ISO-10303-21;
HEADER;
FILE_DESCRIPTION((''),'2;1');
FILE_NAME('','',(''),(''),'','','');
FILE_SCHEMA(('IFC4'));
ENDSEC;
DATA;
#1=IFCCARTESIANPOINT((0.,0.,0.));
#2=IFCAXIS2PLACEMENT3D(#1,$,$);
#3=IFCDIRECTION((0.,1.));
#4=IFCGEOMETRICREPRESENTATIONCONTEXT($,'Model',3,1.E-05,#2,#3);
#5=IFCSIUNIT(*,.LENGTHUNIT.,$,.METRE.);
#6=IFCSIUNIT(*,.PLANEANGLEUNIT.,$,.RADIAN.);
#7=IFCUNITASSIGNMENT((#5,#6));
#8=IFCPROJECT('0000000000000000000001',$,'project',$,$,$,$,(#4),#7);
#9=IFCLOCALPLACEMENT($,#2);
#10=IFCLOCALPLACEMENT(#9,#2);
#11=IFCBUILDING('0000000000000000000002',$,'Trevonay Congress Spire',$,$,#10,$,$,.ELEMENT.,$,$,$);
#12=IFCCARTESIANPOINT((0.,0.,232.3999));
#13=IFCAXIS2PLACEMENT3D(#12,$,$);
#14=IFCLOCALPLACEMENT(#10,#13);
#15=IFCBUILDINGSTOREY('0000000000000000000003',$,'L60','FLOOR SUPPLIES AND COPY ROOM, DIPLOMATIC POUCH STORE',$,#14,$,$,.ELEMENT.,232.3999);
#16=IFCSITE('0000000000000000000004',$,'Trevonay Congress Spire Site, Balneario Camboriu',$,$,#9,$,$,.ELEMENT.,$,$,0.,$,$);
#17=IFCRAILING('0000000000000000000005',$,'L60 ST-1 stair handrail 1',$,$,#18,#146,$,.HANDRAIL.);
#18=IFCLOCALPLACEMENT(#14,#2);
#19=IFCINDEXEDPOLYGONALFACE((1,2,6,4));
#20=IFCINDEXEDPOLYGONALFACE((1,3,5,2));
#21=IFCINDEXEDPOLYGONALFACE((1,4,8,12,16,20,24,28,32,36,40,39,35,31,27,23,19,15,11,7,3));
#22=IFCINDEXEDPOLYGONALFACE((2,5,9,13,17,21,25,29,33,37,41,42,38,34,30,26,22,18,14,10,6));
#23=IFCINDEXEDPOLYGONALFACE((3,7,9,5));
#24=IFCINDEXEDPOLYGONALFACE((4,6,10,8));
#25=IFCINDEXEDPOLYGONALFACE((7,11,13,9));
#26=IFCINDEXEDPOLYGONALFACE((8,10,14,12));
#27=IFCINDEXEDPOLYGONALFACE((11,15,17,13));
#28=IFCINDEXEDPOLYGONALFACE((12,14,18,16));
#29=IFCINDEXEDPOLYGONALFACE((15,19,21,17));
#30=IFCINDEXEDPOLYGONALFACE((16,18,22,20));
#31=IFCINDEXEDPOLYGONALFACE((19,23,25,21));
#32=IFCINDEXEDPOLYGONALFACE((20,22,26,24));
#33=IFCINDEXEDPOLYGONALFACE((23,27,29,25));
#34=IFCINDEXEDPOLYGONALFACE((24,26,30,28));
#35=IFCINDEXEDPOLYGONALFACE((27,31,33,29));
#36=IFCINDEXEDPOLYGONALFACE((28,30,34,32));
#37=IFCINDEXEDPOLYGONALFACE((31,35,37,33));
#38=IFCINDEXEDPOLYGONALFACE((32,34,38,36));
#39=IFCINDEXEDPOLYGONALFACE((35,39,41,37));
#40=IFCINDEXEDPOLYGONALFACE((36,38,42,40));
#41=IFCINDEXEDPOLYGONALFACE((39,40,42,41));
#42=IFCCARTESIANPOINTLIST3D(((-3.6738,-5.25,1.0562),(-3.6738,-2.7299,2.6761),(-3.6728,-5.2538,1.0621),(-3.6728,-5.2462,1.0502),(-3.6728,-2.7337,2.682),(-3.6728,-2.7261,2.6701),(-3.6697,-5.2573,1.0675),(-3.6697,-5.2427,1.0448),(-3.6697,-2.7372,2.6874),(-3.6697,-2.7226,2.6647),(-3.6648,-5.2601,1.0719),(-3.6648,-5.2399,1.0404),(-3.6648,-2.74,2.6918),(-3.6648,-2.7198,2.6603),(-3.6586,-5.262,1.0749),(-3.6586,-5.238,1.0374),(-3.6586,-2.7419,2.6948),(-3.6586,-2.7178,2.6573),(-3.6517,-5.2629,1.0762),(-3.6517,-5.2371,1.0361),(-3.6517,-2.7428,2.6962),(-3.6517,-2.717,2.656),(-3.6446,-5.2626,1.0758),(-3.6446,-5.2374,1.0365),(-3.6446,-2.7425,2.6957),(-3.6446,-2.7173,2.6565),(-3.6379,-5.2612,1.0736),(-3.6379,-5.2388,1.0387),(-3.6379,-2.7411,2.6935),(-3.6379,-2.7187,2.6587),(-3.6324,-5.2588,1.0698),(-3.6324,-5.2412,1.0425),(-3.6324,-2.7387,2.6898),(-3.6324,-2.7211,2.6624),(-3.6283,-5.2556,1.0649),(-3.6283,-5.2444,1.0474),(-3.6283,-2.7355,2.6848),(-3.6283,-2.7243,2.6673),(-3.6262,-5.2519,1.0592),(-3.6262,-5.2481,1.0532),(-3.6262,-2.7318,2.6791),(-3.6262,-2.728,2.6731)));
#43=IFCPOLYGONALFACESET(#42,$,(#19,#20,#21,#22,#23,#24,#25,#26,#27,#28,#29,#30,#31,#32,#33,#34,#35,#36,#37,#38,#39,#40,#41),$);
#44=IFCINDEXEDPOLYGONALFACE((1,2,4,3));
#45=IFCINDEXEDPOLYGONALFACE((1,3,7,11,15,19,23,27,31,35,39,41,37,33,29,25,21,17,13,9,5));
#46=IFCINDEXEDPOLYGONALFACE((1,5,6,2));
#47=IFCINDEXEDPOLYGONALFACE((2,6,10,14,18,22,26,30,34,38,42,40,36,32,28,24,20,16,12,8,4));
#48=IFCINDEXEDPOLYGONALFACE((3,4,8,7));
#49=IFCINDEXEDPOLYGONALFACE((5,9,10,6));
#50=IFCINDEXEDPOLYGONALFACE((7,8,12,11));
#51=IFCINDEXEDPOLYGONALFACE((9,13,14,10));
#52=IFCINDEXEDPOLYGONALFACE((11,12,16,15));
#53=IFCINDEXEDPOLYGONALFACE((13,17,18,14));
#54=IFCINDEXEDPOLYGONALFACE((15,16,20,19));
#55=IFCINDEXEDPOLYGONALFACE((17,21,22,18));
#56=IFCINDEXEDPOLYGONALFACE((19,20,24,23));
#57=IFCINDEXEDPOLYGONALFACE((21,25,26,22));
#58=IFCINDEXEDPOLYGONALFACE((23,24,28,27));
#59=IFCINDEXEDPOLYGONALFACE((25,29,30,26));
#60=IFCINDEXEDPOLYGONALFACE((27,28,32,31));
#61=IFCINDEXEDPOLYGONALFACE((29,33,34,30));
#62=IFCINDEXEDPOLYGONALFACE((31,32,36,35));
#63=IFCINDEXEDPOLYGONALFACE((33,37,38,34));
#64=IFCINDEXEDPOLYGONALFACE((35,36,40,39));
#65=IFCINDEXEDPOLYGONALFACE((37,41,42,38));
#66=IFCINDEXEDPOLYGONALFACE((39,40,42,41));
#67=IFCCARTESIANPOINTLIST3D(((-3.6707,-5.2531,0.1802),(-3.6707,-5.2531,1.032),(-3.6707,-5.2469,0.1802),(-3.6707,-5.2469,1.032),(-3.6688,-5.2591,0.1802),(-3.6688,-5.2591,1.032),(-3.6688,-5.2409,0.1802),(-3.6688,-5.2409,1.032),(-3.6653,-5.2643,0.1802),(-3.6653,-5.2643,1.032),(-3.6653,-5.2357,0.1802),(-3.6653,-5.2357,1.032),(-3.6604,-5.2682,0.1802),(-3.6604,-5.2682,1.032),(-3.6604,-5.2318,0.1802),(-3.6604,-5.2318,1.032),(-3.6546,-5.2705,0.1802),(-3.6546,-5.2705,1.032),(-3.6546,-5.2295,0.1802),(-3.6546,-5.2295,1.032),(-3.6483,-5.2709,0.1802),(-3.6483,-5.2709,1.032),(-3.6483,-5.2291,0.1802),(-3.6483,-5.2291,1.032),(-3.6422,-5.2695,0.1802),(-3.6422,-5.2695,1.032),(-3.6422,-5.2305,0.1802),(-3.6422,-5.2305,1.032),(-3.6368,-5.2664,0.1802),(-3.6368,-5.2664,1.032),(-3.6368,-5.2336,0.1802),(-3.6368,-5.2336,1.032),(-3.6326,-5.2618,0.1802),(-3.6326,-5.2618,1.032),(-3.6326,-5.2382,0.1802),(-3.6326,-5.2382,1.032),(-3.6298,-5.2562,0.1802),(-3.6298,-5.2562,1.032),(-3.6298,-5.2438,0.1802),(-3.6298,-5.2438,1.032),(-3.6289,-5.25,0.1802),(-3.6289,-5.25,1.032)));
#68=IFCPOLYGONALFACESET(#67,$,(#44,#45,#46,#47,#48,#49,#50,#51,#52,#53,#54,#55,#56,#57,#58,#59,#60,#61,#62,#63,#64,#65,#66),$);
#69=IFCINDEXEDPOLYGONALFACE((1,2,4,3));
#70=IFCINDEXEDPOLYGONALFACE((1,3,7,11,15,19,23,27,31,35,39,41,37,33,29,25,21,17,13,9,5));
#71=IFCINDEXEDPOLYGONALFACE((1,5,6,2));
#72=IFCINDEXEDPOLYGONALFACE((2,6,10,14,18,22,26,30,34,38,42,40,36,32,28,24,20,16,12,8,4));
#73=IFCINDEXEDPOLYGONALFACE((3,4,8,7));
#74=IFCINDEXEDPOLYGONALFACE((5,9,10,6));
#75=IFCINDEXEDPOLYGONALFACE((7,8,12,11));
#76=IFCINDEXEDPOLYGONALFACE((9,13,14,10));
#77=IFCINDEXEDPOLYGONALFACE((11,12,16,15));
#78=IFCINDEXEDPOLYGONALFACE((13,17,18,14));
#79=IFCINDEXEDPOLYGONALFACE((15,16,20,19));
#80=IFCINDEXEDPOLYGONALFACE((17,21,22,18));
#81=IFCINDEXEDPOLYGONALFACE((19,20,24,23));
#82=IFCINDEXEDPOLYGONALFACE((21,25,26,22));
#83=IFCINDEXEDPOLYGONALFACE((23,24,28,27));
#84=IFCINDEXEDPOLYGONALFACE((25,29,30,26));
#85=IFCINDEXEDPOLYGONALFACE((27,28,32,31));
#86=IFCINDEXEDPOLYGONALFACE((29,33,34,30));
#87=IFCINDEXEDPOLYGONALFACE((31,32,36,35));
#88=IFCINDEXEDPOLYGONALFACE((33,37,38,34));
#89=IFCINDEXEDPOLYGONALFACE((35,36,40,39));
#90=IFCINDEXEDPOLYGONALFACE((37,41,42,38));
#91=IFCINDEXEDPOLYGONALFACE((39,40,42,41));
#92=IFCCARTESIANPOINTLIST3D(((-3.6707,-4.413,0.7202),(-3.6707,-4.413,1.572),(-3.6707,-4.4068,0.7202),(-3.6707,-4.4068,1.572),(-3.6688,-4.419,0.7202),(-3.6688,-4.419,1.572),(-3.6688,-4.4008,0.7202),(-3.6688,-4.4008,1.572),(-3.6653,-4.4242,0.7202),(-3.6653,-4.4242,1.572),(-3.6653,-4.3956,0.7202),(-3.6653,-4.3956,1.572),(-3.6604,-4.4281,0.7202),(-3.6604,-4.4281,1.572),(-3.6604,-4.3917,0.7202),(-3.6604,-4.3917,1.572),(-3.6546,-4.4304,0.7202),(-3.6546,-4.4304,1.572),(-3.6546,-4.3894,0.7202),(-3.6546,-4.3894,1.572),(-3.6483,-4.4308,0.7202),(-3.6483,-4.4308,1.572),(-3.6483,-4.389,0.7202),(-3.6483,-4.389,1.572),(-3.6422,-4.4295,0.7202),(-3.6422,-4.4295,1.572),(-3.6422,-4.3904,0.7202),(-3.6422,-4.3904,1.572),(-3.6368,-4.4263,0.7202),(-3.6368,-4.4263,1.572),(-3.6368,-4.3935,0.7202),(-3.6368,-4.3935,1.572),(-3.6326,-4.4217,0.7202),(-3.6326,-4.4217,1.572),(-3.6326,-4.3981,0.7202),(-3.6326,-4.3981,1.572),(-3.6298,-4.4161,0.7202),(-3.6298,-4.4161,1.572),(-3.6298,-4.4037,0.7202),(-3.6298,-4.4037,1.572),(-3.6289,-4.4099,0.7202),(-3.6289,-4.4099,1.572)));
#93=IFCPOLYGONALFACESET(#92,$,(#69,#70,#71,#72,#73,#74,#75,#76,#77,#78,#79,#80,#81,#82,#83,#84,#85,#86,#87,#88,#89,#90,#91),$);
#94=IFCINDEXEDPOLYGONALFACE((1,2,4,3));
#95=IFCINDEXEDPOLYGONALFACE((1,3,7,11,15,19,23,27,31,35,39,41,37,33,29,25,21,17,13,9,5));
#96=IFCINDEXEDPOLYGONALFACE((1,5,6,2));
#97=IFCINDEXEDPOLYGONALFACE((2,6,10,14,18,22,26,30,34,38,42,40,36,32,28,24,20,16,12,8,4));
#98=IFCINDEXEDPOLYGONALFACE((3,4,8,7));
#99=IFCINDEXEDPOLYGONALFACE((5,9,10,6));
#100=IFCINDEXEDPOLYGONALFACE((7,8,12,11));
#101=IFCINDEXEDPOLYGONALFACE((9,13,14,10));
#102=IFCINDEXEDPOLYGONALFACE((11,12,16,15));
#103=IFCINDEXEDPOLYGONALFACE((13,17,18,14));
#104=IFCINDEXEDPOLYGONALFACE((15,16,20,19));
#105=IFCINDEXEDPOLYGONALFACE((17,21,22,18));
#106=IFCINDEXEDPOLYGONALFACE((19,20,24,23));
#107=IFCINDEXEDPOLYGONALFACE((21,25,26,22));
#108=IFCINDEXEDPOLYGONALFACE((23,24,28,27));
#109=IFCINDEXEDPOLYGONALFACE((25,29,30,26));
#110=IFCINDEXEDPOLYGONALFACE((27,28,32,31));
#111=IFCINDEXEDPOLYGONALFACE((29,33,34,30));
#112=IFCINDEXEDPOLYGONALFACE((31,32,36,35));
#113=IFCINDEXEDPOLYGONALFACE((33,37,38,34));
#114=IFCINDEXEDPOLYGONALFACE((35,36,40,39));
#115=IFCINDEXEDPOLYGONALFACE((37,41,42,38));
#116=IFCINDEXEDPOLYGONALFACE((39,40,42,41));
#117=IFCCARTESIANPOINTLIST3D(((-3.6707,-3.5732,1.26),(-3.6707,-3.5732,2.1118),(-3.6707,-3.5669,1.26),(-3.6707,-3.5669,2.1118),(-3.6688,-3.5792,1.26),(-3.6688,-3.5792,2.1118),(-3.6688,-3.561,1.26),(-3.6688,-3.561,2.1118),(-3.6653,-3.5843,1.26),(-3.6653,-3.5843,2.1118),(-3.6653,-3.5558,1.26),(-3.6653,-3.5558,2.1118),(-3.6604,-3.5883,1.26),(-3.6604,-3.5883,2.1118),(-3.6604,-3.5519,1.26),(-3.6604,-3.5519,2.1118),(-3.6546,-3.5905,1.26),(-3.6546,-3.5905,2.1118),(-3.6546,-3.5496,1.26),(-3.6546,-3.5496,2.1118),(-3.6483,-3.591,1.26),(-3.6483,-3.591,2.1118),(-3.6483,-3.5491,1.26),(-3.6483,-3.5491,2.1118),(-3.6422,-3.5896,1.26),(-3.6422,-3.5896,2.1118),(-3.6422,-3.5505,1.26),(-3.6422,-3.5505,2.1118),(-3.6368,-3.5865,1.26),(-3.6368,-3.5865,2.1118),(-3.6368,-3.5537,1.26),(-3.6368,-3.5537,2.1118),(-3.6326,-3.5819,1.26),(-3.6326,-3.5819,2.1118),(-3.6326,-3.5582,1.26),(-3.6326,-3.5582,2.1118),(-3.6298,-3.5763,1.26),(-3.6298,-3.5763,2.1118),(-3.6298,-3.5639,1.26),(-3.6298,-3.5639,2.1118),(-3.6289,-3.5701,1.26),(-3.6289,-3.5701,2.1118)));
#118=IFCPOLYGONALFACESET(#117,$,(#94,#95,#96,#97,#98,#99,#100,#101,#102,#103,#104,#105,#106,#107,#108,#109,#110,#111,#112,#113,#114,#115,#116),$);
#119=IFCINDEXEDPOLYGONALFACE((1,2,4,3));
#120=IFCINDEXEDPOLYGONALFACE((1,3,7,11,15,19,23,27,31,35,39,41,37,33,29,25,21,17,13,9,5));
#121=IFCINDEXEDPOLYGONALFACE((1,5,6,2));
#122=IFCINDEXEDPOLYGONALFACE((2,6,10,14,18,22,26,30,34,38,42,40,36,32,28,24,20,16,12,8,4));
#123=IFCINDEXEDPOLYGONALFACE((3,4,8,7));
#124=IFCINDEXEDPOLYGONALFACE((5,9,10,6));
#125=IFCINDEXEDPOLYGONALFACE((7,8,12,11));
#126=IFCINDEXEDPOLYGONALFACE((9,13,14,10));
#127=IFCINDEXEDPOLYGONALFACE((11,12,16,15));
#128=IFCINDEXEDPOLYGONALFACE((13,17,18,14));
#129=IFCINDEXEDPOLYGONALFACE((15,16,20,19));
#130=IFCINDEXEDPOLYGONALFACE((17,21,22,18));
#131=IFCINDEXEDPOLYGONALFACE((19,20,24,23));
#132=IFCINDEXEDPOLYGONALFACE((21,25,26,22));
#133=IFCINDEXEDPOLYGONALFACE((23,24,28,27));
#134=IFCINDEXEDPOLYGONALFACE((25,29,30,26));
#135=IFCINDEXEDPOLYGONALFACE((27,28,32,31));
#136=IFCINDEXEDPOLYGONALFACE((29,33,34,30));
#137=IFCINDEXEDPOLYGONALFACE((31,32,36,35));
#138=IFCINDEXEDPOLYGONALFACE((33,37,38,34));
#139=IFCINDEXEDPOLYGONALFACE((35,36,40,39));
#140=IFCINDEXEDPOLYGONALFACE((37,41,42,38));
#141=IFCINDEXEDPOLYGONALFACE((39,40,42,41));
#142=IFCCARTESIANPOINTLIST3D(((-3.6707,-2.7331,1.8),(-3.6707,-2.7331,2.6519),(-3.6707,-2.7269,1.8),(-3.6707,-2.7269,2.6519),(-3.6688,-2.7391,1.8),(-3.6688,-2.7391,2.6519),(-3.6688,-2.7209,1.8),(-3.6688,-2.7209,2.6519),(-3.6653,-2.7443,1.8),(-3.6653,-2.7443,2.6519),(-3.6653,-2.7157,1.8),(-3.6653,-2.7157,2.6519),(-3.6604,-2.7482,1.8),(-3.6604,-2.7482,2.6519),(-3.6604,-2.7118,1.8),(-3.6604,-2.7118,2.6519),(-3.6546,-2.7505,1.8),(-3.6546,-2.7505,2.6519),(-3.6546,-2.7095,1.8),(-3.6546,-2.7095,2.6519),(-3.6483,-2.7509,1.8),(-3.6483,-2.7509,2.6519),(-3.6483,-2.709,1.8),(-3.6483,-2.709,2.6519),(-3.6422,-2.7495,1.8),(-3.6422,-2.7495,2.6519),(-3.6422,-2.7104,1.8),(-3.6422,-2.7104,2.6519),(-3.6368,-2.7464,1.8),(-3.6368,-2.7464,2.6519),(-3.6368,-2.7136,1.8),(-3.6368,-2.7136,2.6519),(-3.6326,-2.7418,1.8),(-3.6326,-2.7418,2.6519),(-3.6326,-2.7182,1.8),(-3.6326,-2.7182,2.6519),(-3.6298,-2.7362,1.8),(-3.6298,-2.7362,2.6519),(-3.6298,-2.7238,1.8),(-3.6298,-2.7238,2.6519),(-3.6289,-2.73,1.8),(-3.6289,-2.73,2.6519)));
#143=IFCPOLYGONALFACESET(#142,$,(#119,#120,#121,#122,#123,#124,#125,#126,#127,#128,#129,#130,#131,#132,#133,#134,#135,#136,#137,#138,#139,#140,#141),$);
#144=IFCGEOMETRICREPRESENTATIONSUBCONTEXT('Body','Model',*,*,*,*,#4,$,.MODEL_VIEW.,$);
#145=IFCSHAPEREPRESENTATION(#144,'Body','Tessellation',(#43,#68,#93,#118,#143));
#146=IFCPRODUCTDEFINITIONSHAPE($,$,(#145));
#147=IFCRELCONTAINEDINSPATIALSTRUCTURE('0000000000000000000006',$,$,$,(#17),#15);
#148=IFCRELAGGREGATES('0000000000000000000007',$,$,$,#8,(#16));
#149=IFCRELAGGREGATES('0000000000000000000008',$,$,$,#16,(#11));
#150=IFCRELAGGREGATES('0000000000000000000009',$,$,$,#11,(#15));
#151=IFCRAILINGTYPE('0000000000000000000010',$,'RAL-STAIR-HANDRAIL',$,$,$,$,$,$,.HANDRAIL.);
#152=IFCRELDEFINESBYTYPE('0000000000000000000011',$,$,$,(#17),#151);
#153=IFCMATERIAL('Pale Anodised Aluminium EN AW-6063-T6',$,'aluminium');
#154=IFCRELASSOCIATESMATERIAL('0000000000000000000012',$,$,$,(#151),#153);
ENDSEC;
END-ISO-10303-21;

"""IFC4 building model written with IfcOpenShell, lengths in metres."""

from ifc_helpers import new_model, si_unit, direction, frame, origin, origin_2d, place, context, subcontext, project, spatial, circle, extrude, material, type_object, element, save


model = new_model("IFC4")

# Units and contexts
model_context = context("Model", 3, precision=1e-05, world=origin(), true_north=direction((0.0, 1.0)))
body_context = subcontext(model_context, "Body", "Model", "MODEL_VIEW")
ifc_project = project(units=[si_unit("LENGTHUNIT", "METRE"), si_unit("PLANEANGLEUNIT", "RADIAN")], contexts=[model_context])

# Site, building, storey
site_placement = place(None, origin())
site = spatial("IfcSite", under=ifc_project, at=site_placement, Name="Trevonay Congress Spire Site, Balneario Camboriu", CompositionType="ELEMENT", RefElevation=0.0)
building_placement = place(site_placement, origin())
building = spatial("IfcBuilding", under=site, at=building_placement, Name="Trevonay Congress Spire", CompositionType="ELEMENT")
storey_placement = place(building_placement, frame((0.0, 0.0, 232.3999)))
storey = spatial("IfcBuildingStorey", under=building, at=storey_placement, Name="L60", Description="FLOOR SUPPLIES AND COPY ROOM, DIPLOMATIC POUCH STORE", CompositionType="ELEMENT", Elevation=232.3999)

# Railing
ifc_material_1 = material(Name="Pale Anodised Aluminium EN AW-6063-T6", Category="aluminium")
railing_type_1 = type_object("IfcRailingType", Name="RAL-STAIR-HANDRAIL", PredefinedType="HANDRAIL", material=ifc_material_1)
railing_1_placement = place(storey_placement, frame((-3.6499, -5.25, 0.1802)))
element("IfcRailing", 1, at=railing_1_placement, inside=storey, type_object=railing_type_1, Name="L60 ST-1 stair handrail 1", PredefinedType="HANDRAIL", context=body_context, shape_type="SweptSolid", body=[
    extrude(circle(Radius=0.0239, at=origin_2d()), frame((0.0, 0.0, 0.876), z_axis=(0.0, 0.8412, 0.540725), x_axis=(-1.0, 0.0, 0.0)), (0.0, 0.0, 1.0), 2.9958),
    extrude(circle(Radius=0.021, at=origin_2d()), origin(), (0.0, 0.0, 1.0), 0.8518),
    extrude(circle(Radius=0.021, at=origin_2d()), frame((0.0, 0.8401, 0.54)), (0.0, 0.0, 1.0), 0.8518),
    extrude(circle(Radius=0.021, at=origin_2d()), frame((0.0, 1.6799, 1.0798)), (0.0, 0.0, 1.0), 0.8518),
    extrude(circle(Radius=0.021, at=origin_2d()), frame((0.0, 2.52, 1.6199)), (0.0, 0.0, 1.0), 0.8518),
])

save(model, "model.ifc")
